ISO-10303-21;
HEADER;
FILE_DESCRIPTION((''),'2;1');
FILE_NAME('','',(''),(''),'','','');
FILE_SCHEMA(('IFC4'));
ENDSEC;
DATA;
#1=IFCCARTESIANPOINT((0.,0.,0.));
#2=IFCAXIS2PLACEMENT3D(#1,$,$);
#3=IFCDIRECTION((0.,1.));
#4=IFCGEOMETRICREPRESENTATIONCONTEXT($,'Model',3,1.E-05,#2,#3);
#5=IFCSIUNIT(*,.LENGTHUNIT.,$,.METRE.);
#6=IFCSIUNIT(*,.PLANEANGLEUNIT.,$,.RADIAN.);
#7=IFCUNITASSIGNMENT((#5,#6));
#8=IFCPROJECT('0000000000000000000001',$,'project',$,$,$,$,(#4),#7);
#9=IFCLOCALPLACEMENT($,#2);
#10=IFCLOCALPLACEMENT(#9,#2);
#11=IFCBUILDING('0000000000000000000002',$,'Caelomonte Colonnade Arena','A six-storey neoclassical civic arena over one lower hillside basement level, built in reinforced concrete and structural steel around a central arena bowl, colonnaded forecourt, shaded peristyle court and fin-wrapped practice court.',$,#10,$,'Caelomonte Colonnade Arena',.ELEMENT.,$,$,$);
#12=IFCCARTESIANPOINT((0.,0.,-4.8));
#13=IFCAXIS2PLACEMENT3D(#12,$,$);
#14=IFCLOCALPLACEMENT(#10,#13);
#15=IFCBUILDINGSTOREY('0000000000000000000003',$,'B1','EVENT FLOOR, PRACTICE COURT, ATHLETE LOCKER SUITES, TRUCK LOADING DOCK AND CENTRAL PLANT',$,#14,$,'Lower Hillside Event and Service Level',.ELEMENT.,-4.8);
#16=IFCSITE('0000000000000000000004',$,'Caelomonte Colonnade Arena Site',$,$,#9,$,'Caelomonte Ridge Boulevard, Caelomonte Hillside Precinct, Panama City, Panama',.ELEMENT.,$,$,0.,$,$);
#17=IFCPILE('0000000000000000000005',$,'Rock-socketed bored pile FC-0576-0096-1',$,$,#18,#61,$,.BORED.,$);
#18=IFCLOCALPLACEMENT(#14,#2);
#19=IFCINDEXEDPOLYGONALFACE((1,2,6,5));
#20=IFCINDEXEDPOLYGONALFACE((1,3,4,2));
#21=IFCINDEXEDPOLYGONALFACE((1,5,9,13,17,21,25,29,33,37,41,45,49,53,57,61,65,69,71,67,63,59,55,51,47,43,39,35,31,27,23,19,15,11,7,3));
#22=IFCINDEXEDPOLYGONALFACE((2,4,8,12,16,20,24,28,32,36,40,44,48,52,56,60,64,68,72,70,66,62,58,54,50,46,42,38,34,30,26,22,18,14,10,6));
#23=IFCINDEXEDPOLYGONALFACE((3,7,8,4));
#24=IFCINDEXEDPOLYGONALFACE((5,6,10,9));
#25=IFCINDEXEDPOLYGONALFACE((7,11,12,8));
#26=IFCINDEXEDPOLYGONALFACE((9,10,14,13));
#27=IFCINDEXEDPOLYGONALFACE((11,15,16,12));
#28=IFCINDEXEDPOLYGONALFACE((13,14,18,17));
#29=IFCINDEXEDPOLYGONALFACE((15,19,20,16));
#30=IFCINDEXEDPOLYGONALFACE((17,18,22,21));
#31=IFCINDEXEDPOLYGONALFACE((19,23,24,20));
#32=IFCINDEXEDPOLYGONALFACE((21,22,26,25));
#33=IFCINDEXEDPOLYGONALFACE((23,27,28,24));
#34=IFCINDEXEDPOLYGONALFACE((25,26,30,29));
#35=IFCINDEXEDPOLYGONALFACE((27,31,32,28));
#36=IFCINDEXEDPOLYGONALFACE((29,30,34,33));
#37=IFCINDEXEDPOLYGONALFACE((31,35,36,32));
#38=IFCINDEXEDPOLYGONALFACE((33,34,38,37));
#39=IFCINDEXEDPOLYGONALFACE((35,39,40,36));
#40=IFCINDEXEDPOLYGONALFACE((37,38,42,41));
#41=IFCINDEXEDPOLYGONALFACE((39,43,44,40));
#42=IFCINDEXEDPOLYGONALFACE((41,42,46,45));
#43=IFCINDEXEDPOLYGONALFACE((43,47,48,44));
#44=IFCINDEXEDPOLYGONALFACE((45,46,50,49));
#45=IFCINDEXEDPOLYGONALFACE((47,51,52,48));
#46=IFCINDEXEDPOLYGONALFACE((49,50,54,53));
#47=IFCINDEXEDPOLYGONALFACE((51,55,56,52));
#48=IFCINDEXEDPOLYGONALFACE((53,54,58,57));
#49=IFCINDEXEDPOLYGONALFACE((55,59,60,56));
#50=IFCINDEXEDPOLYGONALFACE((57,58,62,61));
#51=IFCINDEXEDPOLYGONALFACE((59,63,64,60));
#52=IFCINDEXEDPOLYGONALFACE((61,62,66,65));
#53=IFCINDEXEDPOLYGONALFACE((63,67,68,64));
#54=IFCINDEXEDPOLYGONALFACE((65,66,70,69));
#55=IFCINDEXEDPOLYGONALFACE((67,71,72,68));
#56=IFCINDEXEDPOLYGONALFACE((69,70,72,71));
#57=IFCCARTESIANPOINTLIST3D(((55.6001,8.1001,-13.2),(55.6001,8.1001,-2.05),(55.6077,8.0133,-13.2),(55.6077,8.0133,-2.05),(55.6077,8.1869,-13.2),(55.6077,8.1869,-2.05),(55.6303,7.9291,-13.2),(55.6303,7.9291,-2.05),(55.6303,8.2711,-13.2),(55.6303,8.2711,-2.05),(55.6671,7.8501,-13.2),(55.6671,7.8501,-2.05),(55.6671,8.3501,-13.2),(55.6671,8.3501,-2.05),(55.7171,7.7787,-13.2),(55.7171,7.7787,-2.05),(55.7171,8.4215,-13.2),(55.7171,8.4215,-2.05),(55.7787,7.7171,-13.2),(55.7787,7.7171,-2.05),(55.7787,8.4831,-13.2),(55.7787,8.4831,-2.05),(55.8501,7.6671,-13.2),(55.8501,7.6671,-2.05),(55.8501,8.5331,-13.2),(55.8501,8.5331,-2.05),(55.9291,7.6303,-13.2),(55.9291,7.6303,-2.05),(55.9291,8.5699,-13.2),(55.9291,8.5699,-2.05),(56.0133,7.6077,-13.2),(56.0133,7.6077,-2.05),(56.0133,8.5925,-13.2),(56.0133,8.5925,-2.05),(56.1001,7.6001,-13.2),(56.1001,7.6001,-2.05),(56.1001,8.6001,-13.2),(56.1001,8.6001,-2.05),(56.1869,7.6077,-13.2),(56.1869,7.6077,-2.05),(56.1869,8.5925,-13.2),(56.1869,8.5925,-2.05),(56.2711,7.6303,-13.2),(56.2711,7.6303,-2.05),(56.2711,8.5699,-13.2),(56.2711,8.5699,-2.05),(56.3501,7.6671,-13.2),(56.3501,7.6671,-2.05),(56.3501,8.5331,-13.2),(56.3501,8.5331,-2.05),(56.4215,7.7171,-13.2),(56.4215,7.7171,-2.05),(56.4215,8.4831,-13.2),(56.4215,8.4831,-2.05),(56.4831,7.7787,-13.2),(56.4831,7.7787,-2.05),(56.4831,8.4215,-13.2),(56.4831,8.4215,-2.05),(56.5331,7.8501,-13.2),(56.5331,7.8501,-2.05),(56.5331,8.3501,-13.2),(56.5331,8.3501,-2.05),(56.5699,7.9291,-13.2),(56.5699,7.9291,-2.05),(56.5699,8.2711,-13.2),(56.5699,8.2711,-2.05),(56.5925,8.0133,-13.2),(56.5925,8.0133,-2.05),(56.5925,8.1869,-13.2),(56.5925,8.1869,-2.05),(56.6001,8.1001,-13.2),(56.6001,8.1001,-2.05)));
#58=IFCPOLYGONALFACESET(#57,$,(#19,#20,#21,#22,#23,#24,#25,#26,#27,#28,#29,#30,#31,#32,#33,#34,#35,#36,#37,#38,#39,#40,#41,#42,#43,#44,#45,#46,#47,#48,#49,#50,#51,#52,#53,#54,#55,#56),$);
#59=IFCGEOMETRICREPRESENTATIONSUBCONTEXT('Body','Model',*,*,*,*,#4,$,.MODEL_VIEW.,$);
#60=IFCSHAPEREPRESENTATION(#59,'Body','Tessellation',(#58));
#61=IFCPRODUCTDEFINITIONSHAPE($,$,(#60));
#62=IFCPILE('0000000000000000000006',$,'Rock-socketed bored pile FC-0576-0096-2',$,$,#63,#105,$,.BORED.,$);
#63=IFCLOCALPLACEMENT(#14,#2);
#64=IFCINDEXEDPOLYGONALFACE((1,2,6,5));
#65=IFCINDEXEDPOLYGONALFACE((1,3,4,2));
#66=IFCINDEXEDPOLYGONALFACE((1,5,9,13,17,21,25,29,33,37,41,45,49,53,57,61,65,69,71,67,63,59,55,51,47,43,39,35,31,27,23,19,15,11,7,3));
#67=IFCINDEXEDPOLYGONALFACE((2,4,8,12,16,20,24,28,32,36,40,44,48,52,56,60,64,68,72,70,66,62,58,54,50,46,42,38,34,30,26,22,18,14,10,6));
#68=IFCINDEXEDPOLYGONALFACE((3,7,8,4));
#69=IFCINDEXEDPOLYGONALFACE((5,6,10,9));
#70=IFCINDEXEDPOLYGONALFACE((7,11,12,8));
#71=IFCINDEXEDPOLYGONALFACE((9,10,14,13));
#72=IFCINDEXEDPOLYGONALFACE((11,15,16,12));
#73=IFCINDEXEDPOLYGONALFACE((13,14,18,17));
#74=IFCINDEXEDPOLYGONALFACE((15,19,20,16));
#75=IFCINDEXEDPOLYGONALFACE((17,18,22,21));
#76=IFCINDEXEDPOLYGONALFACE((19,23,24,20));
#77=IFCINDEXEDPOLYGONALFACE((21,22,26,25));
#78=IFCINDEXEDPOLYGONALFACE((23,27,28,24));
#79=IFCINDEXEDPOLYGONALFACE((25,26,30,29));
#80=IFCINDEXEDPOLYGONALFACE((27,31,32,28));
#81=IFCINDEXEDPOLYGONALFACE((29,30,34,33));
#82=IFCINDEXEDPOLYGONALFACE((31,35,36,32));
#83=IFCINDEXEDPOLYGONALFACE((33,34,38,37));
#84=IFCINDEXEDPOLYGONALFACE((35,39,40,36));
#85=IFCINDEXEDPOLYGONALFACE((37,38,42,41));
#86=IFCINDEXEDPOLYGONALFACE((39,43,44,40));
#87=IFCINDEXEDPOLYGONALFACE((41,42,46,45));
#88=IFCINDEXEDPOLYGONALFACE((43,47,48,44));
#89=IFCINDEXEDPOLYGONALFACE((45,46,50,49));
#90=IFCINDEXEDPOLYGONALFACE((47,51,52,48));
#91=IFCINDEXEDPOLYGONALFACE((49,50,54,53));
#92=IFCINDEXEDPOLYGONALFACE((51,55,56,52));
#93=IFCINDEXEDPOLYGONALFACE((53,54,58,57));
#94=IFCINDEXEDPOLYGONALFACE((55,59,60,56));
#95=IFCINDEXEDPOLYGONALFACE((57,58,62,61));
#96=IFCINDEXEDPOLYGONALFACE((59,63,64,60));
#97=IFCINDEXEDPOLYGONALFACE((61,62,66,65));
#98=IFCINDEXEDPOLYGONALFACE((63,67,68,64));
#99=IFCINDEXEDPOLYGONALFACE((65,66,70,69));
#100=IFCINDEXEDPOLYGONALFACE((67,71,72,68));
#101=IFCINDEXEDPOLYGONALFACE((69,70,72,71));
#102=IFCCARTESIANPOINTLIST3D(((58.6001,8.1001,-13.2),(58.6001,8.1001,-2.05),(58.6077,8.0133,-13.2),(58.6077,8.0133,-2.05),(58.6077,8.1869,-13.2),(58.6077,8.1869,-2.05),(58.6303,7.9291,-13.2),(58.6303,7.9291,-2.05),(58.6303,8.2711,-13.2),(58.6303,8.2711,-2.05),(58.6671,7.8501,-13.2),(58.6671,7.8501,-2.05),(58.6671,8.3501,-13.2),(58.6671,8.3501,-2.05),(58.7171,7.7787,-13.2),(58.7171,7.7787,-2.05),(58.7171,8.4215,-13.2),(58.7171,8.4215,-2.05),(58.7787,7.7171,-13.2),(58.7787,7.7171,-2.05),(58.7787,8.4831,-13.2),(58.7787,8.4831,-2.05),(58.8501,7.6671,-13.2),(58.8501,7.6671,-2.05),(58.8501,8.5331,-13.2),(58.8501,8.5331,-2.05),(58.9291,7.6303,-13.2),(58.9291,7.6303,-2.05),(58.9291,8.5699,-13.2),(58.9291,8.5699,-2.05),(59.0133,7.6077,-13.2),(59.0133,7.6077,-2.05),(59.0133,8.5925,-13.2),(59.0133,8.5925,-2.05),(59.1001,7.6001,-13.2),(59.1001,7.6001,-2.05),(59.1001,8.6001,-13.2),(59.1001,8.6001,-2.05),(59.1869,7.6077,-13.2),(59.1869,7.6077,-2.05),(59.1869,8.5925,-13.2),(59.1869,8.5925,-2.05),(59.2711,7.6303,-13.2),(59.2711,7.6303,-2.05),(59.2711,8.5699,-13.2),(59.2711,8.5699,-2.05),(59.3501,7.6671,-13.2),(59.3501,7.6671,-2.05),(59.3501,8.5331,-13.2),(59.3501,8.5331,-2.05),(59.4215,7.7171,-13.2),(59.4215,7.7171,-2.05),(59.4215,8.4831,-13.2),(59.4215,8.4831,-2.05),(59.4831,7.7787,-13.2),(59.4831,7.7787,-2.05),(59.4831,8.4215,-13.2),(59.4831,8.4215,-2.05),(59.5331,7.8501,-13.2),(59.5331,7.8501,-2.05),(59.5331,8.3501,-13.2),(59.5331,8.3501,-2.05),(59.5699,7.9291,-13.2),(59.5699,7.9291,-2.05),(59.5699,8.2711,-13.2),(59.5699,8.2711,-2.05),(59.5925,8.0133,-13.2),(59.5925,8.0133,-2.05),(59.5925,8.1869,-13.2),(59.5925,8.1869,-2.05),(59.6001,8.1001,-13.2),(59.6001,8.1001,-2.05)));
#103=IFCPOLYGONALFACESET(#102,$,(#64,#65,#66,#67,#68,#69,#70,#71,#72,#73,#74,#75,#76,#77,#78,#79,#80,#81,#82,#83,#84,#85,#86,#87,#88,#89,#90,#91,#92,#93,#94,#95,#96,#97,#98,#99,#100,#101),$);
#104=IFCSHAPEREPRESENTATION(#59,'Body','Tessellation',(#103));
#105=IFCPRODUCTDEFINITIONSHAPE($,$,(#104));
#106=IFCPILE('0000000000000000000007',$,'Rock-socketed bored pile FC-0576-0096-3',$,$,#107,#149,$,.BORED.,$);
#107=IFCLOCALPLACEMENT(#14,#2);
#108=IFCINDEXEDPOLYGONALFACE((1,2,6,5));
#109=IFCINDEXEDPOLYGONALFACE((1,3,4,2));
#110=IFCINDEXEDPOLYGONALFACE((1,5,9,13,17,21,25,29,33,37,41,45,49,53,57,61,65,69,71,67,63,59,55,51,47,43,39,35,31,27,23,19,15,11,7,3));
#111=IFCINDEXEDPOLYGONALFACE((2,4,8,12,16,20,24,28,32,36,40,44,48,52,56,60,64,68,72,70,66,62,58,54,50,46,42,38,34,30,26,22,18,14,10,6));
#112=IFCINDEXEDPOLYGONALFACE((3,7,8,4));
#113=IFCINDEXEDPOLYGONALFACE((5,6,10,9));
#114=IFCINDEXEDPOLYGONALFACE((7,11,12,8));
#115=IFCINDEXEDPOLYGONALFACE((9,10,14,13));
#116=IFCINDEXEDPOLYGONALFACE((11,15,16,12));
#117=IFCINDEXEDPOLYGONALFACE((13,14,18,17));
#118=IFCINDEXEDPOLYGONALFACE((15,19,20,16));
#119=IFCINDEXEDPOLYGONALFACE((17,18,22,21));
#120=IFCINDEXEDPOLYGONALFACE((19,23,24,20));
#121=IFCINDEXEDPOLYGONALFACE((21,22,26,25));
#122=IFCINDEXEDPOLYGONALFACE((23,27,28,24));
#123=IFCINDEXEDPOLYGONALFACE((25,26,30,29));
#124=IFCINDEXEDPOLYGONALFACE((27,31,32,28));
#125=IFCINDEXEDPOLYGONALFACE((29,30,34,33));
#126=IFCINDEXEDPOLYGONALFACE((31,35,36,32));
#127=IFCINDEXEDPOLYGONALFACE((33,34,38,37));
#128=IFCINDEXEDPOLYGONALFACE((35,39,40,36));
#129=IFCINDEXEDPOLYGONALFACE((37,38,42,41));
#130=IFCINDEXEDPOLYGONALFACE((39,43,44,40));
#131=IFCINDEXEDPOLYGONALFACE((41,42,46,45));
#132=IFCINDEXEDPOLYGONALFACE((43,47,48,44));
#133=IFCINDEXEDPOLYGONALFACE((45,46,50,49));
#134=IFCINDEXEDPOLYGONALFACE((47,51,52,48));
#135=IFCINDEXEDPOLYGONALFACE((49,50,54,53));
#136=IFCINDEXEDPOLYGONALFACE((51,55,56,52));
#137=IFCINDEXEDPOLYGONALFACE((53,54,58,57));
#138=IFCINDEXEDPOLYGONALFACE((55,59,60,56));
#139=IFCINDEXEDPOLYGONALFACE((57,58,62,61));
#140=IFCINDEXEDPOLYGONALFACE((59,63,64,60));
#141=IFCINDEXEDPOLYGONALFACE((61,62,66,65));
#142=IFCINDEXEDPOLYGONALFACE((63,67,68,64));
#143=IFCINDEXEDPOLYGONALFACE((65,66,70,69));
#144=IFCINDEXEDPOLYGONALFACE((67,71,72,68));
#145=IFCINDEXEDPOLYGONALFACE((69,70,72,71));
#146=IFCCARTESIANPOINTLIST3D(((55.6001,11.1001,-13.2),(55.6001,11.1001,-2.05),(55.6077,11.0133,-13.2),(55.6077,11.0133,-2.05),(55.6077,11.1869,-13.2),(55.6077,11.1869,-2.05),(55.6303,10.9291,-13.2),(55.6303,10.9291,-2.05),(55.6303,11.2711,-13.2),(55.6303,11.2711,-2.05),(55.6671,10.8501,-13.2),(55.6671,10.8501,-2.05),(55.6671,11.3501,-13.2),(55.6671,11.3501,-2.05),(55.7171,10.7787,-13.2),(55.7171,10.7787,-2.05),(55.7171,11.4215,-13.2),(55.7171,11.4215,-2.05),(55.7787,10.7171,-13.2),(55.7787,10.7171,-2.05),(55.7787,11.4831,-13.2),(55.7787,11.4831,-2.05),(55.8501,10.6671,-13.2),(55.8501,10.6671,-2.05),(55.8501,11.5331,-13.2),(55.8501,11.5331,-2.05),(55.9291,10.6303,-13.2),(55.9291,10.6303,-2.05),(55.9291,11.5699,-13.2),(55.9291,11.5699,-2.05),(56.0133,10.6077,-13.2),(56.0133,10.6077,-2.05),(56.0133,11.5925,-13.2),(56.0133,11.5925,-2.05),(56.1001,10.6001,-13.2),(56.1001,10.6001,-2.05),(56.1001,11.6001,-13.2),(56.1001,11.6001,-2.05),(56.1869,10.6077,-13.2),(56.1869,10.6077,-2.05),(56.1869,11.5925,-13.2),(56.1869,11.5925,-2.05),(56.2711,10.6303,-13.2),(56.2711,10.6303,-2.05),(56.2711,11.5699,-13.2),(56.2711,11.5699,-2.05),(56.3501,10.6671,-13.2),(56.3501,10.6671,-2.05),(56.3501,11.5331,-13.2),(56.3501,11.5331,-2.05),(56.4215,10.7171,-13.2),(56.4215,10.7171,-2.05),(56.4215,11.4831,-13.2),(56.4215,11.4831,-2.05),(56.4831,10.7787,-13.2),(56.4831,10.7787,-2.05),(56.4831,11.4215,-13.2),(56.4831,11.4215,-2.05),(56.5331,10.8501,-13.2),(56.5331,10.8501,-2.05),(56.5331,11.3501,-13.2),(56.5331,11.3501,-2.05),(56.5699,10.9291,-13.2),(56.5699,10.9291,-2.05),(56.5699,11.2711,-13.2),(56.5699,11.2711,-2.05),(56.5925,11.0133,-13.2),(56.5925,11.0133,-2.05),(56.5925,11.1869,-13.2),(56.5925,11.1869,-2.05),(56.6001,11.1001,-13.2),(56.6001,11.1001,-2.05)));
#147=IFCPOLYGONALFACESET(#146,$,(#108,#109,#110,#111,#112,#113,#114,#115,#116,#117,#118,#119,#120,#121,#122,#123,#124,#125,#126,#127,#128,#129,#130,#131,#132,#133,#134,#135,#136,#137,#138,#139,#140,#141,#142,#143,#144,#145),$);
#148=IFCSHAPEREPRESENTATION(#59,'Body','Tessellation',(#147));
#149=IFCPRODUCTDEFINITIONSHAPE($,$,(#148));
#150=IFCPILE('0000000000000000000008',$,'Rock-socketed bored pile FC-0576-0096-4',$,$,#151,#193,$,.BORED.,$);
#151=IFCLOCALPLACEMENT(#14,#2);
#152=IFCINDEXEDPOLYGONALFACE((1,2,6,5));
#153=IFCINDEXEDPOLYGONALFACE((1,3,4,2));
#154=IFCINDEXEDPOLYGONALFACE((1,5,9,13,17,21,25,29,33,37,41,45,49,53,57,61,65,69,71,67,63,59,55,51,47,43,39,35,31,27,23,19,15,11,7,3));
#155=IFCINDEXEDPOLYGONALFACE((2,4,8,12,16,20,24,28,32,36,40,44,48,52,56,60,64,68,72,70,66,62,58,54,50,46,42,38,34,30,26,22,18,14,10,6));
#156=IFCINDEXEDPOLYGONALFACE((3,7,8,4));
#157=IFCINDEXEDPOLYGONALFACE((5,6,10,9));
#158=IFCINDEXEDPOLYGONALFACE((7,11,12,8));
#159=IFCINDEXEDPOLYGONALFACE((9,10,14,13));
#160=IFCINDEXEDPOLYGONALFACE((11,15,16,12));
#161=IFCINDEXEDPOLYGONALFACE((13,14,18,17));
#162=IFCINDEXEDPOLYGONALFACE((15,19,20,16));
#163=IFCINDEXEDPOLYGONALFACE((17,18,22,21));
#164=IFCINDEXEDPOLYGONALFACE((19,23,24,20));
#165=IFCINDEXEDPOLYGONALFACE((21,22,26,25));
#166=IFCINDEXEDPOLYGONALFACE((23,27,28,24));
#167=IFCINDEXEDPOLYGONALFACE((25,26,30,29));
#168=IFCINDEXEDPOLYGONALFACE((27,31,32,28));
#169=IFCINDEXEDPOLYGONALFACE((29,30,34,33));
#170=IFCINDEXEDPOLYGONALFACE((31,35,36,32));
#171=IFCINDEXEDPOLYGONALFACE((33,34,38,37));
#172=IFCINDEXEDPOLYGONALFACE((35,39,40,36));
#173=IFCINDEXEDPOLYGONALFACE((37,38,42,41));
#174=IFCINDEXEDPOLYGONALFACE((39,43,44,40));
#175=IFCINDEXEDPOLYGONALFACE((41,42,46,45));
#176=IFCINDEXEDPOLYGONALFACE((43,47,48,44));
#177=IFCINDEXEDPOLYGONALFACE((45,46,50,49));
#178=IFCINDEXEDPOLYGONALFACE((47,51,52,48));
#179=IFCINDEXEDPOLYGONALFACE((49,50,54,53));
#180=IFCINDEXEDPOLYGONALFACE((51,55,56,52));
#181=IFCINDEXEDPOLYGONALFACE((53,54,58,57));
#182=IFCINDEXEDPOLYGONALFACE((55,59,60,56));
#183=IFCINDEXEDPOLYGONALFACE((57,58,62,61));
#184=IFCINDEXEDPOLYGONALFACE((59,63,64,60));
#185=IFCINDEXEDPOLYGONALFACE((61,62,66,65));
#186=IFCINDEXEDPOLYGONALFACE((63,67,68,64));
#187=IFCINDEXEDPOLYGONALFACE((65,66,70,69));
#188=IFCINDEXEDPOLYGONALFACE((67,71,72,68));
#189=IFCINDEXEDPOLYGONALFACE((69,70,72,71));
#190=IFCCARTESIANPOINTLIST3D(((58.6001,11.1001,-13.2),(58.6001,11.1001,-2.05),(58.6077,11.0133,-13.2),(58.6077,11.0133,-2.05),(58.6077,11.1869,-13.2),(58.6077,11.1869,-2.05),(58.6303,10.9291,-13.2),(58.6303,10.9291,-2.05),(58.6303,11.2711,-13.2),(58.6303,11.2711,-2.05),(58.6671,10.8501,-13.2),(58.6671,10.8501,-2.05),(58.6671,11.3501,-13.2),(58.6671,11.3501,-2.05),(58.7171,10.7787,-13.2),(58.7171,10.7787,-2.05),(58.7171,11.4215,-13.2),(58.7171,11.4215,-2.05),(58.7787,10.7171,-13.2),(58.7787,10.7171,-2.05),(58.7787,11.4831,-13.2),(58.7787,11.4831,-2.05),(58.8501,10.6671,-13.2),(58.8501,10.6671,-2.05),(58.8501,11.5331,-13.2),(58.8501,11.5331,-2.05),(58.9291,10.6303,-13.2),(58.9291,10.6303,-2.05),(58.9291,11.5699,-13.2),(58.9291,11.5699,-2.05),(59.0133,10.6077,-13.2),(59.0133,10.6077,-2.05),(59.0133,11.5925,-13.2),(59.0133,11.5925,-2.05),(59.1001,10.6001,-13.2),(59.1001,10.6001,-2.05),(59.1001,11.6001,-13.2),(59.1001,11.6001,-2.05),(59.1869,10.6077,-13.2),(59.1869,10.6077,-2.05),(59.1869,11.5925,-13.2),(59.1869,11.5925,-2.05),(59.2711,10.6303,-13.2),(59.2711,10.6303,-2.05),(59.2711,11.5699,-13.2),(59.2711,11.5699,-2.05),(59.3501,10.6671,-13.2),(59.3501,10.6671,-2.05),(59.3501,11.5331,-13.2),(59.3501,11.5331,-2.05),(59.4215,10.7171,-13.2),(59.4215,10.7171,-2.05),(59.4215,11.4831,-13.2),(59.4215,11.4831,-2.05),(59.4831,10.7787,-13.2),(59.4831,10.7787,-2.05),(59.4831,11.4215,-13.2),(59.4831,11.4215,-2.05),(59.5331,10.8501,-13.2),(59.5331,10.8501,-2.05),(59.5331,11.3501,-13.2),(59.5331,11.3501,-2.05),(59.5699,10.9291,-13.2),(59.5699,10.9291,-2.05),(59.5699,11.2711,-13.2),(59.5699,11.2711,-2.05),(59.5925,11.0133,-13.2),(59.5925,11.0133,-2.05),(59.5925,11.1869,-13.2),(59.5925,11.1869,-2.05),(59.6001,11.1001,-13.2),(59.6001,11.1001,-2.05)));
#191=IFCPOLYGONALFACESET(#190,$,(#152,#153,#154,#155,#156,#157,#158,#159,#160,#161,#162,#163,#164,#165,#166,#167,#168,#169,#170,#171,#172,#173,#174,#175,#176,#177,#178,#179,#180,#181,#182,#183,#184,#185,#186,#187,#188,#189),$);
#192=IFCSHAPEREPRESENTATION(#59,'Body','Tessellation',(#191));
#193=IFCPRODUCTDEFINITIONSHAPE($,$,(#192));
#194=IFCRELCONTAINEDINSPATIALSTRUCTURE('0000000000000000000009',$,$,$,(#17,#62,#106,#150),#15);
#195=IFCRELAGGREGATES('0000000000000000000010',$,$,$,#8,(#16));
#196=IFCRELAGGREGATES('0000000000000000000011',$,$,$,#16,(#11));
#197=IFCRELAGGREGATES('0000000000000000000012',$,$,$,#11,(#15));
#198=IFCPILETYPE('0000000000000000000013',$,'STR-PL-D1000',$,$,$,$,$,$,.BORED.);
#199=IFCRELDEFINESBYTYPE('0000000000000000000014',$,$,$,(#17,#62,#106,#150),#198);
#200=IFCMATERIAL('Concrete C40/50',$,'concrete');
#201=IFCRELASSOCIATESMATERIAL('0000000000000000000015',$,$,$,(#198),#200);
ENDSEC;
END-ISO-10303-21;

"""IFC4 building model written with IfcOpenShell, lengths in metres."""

from ifc_helpers import new_model, si_unit, direction, frame, origin, origin_2d, place, context, subcontext, project, spatial, circle, extrude, material, material_profile, profile_set, type_object, element, save


model = new_model("IFC4")

# Units and contexts
model_context = context("Model", 3, precision=1e-05, world=origin(), true_north=direction((0.0, 1.0)))
body_context = subcontext(model_context, "Body", "Model", "MODEL_VIEW")
ifc_project = project(units=[si_unit("LENGTHUNIT", "METRE"), si_unit("PLANEANGLEUNIT", "RADIAN")], contexts=[model_context])

# Site, building, storey
site_placement = place(None, origin())
site = spatial("IfcSite", under=ifc_project, at=site_placement, Name="Caelomonte Colonnade Arena Site", LongName="Caelomonte Ridge Boulevard, Caelomonte Hillside Precinct, Panama City, Panama", CompositionType="ELEMENT", RefElevation=0.0)
building_placement = place(site_placement, origin())
building = spatial("IfcBuilding", under=site, at=building_placement, Name="Caelomonte Colonnade Arena", Description="A six-storey neoclassical civic arena over one lower hillside basement level, built in reinforced concrete and structural steel around a central arena bowl, colonnaded forecourt, shaded peristyle court and fin-wrapped practice court.", LongName="Caelomonte Colonnade Arena", CompositionType="ELEMENT")
storey_placement = place(building_placement, frame((0.0, 0.0, -4.8)))
storey = spatial("IfcBuildingStorey", under=building, at=storey_placement, Name="B1", Description="EVENT FLOOR, PRACTICE COURT, ATHLETE LOCKER SUITES, TRUCK LOADING DOCK AND CENTRAL PLANT", LongName="Lower Hillside Event and Service Level", CompositionType="ELEMENT", Elevation=-4.8)

# Shared definitions
ifc_material_1 = material(Name="Concrete C40/50", Category="concrete")

# Piles
ifc_material_profile_1 = material_profile(ifc_material_1, circle(Radius=0.5, at=origin_2d()), Name="PILE-D1000")
ifc_profile_set_1 = profile_set([ifc_material_profile_1], Name="Concrete C40/50")
pile_type_1 = type_object("IfcPileType", Name="STR-PL-D1000", PredefinedType="BORED", material=ifc_profile_set_1)
for number, where, z_axis, x_axis, name in (
    (1, (56.1001, 8.1001, -2.05), (0.0, 0.0, -1.0), (1.0, 0.0, 0.0), "Rock-socketed bored pile FC-0576-0096-1"),
    (2, (59.1001, 8.1001, -2.05), (0.0, 0.0, -1.0), (1.0, 0.0, 0.0), "Rock-socketed bored pile FC-0576-0096-2"),
    (3, (56.1001, 11.1001, -2.05), (0.0, 0.0, -1.0), (1.0, 0.0, 0.0), "Rock-socketed bored pile FC-0576-0096-3"),
    (4, (59.1001, 11.1001, -2.05), (0.0, 0.0, -1.0), (1.0, 0.0, 0.0), "Rock-socketed bored pile FC-0576-0096-4"),
):
    element("IfcPile", number, at=place(storey_placement, frame(where, z_axis=z_axis, x_axis=x_axis)), inside=storey, type_object=pile_type_1, Name=name, PredefinedType="BORED", context=body_context, shape_type="SweptSolid", body=[
        extrude(circle(Radius=0.5, at=origin_2d()), origin(), (0.0, 0.0, 1.0), 11.1499),
    ])

save(model, "model.ifc")
